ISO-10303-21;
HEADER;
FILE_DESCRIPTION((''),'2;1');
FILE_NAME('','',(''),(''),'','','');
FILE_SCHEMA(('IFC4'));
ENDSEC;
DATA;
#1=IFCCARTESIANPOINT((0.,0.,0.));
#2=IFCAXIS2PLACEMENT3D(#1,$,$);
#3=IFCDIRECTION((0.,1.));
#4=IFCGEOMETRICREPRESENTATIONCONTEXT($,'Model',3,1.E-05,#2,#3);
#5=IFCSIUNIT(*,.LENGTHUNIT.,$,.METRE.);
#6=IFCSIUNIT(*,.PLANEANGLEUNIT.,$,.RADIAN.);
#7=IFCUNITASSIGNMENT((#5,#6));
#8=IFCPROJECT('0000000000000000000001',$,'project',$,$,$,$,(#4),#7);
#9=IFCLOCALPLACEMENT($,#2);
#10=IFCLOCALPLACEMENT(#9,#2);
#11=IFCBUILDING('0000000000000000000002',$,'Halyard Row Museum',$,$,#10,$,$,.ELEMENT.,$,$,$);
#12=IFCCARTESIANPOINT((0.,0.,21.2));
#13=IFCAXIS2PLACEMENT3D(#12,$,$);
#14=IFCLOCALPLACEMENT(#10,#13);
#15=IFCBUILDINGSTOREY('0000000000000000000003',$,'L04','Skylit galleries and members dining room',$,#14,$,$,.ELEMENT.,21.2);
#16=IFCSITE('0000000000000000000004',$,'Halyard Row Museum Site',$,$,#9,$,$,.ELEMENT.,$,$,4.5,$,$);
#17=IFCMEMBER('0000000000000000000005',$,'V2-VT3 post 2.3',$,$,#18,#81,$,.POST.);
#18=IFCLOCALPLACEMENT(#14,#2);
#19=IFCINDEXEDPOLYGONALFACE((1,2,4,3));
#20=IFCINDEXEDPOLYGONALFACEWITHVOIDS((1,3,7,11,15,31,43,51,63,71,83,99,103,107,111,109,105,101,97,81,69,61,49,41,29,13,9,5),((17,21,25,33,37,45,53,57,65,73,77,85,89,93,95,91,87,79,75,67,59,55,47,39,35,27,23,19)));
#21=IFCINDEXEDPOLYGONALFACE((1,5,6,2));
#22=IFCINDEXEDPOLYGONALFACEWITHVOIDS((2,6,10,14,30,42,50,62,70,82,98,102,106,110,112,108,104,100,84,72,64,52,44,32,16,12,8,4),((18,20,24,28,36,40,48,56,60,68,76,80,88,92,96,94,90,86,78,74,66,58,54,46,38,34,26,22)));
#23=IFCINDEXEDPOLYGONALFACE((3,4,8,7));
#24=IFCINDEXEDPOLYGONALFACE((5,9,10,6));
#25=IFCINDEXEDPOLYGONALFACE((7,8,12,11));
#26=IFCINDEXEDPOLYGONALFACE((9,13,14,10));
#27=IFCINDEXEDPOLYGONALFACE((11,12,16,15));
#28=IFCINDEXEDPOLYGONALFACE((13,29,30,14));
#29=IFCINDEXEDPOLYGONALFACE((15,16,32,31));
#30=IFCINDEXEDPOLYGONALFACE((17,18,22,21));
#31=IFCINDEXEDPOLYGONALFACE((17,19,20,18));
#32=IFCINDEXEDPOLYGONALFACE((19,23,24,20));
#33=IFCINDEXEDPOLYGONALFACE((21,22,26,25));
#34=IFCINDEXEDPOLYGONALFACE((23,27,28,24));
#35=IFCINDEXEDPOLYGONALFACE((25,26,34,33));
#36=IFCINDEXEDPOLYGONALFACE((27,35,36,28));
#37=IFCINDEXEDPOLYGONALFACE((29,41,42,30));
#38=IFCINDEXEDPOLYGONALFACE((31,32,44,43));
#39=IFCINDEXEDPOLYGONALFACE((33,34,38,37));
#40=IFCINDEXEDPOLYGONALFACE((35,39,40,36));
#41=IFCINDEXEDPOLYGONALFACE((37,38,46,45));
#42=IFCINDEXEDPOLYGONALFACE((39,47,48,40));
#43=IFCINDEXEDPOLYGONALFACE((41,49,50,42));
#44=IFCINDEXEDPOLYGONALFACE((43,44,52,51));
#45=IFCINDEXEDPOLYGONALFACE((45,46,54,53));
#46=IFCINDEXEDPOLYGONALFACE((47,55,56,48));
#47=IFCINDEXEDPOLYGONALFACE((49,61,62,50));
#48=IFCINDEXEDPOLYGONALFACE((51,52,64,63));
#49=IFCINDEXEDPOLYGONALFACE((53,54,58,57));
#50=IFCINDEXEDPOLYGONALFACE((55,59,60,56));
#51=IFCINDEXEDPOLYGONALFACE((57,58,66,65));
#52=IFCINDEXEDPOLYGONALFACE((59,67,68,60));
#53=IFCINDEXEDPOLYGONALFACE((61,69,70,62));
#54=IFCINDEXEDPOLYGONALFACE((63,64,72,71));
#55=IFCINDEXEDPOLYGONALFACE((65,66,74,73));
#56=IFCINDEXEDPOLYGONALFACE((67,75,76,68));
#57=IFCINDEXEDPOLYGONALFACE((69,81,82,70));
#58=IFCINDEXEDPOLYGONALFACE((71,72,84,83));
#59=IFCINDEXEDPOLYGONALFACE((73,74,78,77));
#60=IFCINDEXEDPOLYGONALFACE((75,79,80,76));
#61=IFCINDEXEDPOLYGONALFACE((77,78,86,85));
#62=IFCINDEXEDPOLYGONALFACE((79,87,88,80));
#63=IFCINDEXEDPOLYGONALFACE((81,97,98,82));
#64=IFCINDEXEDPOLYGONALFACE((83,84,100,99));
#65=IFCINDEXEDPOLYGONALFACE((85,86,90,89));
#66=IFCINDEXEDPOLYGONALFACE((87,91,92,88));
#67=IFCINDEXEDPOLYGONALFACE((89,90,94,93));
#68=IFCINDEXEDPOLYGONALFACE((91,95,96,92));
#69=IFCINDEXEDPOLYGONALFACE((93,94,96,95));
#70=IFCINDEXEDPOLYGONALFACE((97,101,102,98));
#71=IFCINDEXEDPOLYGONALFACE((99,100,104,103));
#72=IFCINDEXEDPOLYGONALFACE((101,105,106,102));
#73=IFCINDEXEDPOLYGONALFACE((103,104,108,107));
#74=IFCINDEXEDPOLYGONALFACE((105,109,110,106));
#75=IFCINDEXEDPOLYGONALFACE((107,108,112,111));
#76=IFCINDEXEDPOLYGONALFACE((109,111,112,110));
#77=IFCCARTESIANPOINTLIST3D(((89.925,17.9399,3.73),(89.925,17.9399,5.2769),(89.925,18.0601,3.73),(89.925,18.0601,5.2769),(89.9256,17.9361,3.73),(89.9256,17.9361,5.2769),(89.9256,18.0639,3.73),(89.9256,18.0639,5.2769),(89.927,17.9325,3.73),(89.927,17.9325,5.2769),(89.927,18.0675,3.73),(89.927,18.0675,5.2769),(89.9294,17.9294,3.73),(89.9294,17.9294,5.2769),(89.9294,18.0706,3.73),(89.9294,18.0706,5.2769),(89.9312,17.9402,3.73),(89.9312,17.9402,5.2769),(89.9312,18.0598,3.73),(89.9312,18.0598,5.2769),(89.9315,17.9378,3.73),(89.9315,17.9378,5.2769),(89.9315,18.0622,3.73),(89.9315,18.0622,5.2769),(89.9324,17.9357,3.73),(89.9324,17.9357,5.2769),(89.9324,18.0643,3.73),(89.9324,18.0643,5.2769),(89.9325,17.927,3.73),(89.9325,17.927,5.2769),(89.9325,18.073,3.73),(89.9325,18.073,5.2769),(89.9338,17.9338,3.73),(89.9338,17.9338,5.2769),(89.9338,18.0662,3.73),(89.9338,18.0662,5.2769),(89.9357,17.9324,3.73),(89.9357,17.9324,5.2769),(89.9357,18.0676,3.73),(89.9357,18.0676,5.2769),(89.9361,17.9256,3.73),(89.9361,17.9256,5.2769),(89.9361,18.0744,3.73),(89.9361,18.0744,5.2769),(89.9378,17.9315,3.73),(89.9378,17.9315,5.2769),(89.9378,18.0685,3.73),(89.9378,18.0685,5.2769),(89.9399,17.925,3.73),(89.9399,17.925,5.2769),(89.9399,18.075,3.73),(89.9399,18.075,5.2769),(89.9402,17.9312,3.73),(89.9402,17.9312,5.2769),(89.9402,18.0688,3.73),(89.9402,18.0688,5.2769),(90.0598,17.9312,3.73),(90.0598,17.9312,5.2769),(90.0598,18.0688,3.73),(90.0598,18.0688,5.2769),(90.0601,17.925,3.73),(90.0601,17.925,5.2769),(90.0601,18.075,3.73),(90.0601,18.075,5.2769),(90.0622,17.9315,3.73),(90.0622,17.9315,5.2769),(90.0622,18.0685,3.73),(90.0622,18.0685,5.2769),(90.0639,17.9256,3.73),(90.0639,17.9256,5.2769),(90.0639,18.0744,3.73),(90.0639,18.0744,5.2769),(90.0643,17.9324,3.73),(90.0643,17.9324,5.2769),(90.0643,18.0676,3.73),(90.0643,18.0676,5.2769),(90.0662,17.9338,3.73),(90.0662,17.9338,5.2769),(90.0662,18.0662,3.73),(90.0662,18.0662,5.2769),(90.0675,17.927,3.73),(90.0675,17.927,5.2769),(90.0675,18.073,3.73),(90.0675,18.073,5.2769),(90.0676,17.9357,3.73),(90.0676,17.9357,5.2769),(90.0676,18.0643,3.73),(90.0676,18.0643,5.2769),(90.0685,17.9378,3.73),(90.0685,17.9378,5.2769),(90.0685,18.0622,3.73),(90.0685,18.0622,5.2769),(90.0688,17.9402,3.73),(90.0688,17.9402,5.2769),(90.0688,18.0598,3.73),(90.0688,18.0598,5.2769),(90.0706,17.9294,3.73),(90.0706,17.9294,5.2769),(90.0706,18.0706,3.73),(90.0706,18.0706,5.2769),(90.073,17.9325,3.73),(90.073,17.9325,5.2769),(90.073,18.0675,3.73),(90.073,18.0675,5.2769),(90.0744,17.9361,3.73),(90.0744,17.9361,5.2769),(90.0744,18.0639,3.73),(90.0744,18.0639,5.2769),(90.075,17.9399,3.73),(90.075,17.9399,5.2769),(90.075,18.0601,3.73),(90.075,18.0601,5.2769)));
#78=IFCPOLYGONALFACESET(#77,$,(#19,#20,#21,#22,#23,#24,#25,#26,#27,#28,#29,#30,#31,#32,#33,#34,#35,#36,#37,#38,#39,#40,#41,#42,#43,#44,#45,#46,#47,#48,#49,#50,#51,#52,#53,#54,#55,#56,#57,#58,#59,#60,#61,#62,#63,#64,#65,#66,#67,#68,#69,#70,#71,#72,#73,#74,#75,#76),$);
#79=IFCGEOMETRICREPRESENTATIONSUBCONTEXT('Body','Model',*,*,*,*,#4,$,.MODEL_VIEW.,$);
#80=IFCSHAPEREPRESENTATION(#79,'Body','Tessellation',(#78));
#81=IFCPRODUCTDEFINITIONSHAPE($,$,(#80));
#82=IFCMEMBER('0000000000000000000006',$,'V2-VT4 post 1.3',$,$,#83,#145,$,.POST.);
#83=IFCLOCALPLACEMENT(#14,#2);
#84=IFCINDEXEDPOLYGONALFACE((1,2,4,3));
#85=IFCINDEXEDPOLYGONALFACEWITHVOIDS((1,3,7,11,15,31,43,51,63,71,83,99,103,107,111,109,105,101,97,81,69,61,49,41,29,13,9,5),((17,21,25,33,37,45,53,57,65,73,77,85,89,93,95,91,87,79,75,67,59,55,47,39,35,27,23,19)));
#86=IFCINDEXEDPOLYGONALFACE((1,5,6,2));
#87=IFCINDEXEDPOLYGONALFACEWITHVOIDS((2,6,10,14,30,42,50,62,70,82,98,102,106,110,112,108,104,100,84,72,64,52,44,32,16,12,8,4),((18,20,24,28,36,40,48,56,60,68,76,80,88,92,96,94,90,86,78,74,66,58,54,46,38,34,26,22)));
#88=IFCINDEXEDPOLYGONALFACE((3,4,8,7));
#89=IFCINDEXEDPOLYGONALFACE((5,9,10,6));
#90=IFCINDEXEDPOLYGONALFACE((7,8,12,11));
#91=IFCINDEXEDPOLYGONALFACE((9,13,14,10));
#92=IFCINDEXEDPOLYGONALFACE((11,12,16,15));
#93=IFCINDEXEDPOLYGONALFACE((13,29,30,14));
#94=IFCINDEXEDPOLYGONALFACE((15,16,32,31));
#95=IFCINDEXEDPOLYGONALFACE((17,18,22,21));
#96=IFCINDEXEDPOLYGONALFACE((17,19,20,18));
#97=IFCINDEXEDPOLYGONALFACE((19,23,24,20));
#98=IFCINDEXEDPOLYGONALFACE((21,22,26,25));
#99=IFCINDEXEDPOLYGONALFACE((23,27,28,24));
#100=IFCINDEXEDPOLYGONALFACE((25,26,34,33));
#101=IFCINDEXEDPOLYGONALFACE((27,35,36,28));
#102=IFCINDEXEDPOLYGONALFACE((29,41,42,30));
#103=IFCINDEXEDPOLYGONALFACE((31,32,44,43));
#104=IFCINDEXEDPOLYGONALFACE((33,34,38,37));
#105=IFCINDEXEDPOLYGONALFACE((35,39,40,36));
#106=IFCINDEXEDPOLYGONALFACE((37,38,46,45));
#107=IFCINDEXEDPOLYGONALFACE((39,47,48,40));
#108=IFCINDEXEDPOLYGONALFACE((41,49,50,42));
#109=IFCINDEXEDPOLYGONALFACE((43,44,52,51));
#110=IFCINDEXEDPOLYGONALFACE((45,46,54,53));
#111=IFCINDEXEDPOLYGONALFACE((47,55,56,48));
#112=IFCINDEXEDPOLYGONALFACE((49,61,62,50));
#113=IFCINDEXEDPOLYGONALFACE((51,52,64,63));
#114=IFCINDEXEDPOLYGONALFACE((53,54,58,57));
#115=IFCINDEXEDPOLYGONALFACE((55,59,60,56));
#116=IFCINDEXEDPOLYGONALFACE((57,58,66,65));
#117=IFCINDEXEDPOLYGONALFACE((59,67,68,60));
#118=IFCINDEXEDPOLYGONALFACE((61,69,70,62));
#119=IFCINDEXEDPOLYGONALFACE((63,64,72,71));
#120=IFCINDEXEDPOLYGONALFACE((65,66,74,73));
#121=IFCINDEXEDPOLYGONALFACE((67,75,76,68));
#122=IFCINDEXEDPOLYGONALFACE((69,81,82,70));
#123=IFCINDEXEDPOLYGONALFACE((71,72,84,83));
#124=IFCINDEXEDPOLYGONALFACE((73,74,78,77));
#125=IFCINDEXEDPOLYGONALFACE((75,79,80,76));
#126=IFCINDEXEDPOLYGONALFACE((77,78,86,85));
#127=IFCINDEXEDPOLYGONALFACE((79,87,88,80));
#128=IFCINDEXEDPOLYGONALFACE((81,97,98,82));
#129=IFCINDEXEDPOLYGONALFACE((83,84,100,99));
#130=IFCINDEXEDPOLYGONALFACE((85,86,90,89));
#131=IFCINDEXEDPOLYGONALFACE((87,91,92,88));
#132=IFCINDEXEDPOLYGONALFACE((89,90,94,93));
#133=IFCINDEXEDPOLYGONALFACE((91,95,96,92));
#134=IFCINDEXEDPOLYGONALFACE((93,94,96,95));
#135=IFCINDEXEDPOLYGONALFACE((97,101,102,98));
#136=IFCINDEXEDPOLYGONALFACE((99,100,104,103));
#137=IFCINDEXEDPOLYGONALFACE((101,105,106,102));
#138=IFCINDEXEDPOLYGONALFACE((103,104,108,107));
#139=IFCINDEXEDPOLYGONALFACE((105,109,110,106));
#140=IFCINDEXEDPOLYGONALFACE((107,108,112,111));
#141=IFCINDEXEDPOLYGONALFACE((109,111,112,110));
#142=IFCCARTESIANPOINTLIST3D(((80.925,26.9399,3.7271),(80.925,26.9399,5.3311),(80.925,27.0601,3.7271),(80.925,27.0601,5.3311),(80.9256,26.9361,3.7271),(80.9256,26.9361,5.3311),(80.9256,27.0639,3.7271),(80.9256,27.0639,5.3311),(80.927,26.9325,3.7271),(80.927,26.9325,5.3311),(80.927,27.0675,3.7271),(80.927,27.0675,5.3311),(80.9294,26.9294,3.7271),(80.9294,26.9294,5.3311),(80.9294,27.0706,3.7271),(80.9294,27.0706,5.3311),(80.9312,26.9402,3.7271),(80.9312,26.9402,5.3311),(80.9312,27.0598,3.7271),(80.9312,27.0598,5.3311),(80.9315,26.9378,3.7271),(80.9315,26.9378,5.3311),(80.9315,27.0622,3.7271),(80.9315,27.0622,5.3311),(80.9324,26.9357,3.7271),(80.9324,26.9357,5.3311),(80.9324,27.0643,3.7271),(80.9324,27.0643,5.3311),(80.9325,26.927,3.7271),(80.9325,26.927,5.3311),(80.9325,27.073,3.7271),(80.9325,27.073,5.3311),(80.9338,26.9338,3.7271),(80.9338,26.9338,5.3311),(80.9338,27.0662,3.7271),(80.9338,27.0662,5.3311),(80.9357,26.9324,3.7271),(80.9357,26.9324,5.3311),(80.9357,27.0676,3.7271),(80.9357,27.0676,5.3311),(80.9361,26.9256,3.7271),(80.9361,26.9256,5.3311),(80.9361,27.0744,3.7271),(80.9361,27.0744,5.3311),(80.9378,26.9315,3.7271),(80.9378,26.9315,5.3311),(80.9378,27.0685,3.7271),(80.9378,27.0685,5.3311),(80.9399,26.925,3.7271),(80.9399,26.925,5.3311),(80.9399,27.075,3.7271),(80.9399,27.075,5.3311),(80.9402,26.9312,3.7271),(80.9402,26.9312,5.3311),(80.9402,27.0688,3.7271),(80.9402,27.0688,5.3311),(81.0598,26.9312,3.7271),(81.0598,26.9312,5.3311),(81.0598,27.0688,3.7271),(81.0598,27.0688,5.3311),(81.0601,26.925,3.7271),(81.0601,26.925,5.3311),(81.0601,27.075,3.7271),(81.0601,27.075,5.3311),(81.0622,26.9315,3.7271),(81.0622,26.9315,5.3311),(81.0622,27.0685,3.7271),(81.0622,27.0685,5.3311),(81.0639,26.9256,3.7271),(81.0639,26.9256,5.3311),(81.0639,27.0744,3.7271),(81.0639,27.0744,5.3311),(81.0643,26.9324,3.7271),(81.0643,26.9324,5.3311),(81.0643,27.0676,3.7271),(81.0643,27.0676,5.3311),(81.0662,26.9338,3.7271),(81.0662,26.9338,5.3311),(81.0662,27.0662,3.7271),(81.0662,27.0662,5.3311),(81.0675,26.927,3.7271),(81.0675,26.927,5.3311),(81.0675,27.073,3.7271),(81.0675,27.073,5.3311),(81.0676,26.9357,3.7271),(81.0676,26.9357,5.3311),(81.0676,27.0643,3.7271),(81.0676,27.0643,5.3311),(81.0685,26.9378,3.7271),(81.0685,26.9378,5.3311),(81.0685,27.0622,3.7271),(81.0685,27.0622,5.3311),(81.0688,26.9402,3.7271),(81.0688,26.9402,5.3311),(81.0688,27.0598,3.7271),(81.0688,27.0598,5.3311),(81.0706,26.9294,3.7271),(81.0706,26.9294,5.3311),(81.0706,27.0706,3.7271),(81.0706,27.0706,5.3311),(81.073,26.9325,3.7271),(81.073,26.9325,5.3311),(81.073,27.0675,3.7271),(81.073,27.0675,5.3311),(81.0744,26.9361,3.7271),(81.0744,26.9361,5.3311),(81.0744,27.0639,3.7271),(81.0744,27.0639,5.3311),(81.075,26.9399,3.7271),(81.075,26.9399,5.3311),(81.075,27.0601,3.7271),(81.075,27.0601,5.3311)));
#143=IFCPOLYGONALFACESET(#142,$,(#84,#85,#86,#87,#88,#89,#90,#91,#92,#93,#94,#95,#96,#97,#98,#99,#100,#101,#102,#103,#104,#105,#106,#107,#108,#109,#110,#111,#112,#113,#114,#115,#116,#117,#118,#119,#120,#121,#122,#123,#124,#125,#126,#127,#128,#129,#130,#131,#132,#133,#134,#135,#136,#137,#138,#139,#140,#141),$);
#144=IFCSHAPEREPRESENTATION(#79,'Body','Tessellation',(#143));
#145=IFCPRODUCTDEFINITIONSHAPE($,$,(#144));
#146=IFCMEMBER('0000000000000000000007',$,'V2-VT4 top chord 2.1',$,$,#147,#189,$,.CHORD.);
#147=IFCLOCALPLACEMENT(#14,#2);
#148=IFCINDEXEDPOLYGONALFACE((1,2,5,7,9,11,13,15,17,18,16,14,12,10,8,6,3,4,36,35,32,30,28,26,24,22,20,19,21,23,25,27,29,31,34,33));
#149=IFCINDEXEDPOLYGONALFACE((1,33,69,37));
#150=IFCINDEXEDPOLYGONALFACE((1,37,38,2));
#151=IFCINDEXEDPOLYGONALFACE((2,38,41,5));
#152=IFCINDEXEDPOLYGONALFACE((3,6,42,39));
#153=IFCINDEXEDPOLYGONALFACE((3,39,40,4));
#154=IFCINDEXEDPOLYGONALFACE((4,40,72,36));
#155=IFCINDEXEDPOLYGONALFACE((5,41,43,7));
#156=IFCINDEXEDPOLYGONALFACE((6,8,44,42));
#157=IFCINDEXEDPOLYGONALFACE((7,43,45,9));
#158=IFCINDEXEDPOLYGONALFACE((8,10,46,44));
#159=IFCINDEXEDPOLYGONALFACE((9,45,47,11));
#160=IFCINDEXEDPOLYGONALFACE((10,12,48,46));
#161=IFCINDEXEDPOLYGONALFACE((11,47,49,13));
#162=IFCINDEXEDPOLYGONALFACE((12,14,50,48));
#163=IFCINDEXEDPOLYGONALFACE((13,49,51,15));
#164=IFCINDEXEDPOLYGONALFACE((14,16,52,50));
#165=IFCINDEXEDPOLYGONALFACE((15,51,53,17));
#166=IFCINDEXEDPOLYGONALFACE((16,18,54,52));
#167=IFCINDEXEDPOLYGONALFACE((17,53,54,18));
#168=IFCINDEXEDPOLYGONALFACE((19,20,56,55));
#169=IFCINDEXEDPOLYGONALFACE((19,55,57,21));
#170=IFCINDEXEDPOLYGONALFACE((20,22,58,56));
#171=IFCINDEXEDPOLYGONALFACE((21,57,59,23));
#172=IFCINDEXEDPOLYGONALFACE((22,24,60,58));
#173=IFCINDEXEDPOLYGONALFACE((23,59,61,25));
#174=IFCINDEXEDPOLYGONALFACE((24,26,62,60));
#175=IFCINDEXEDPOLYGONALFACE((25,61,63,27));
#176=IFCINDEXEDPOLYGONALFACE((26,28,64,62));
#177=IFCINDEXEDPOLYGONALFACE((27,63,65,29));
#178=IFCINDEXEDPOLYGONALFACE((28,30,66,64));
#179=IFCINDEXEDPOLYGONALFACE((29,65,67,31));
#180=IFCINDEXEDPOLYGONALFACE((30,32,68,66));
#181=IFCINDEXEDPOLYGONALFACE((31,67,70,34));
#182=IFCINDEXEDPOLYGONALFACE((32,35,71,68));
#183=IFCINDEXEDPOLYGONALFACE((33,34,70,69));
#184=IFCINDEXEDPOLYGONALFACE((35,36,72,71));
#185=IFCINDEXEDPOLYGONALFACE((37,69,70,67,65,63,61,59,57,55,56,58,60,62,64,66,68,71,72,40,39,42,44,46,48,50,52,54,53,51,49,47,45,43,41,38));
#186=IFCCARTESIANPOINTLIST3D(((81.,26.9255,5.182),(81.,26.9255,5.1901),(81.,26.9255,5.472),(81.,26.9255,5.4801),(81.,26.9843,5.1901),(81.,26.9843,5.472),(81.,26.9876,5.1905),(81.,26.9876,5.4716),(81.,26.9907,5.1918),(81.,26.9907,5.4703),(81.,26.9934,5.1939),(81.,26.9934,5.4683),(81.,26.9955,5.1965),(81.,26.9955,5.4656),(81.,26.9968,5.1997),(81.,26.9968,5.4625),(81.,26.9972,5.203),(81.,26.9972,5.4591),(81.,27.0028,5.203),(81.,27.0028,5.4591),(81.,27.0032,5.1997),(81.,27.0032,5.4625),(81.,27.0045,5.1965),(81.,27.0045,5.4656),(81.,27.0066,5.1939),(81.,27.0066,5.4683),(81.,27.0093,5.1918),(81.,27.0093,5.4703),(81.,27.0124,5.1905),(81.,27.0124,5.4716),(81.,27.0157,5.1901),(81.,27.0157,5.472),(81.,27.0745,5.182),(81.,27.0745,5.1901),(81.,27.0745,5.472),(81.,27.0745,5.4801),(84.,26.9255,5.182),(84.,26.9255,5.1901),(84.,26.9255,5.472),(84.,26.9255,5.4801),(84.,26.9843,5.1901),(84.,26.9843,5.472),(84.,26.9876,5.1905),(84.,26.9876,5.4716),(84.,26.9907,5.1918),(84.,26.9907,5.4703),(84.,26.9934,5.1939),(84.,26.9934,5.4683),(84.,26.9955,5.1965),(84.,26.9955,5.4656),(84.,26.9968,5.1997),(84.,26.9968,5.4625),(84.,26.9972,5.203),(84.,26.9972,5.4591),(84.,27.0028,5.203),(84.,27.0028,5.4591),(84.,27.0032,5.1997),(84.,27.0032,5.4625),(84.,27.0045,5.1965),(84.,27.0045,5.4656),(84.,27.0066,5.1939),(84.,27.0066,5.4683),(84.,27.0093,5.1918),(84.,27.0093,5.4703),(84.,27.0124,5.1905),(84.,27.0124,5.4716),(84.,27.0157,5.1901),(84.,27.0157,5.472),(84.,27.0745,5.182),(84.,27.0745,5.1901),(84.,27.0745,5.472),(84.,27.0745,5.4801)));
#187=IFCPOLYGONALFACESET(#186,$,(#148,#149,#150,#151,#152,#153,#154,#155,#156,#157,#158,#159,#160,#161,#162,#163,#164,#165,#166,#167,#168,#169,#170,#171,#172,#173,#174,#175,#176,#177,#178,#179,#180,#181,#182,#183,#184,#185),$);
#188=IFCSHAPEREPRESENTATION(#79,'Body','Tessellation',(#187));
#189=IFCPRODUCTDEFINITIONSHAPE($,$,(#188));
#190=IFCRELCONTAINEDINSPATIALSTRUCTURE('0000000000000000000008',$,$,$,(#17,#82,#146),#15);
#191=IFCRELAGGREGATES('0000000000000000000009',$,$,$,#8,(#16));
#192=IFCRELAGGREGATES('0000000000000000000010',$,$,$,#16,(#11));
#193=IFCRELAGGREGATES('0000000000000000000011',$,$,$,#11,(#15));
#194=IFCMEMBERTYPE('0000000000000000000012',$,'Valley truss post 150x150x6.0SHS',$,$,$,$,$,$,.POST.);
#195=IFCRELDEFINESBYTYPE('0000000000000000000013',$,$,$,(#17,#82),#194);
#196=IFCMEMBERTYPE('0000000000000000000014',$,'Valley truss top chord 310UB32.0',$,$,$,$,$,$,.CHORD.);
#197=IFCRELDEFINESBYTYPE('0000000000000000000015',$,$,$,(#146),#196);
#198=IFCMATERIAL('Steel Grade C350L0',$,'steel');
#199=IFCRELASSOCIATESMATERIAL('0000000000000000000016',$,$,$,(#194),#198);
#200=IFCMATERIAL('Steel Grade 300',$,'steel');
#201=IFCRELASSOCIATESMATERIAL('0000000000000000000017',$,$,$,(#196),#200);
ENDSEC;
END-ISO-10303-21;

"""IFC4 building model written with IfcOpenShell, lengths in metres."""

from ifc_helpers import new_model, si_unit, direction, frame, origin, origin_2d, place, context, subcontext, project, spatial, hollow_rectangle, i_section, extrude, material, material_profile, profile_set, type_object, element, save


model = new_model("IFC4")

# Units and contexts
model_context = context("Model", 3, precision=1e-05, world=origin(), true_north=direction((0.0, 1.0)))
body_context = subcontext(model_context, "Body", "Model", "MODEL_VIEW")
ifc_project = project(units=[si_unit("LENGTHUNIT", "METRE"), si_unit("PLANEANGLEUNIT", "RADIAN")], contexts=[model_context])

# Site, building, storey
site_placement = place(None, origin())
site = spatial("IfcSite", under=ifc_project, at=site_placement, Name="Halyard Row Museum Site", CompositionType="ELEMENT", RefElevation=4.5)
building_placement = place(site_placement, origin())
building = spatial("IfcBuilding", under=site, at=building_placement, Name="Halyard Row Museum", CompositionType="ELEMENT")
storey_placement = place(building_placement, frame((0.0, 0.0, 21.2)))
storey = spatial("IfcBuildingStorey", under=building, at=storey_placement, Name="L04", Description="Skylit galleries and members dining room", CompositionType="ELEMENT", Elevation=21.2)

# Members
ifc_material_1 = material(Name="Steel Grade C350L0", Category="steel")
ifc_material_profile_1 = material_profile(ifc_material_1, hollow_rectangle(XDim=0.1499, YDim=0.1499, WallThickness=0.0061, InnerFilletRadius=0.009, OuterFilletRadius=0.0149, at=origin_2d()), Name="150x150x6.0SHS")
ifc_profile_set_1 = profile_set([ifc_material_profile_1], Name="Steel Grade C350L0")
member_type_1 = type_object("IfcMemberType", Name="Valley truss post 150x150x6.0SHS", PredefinedType="POST", material=ifc_profile_set_1)
for number, where, z_axis, x_axis, name in (
    (1, (90.0, 18.0, 3.73), (0.0, 0.0, 1.0), (1.0, 0.0, 0.0), "V2-VT3 post 2.3"),
):
    element("IfcMember", number, at=place(storey_placement, frame(where, z_axis=z_axis, x_axis=x_axis)), inside=storey, type_object=member_type_1, Name=name, PredefinedType="POST", context=body_context, shape_type="SweptSolid", body=[
        extrude(hollow_rectangle(XDim=0.1499, YDim=0.1499, WallThickness=0.0061, InnerFilletRadius=0.009, OuterFilletRadius=0.0149, at=origin_2d()), origin(), (0.0, 0.0, 1.0), 1.5469),
    ])
member_1_placement = place(storey_placement, frame((81.0, 27.0, 3.7271), z_axis=(0.0, 0.0, 1.0), x_axis=(1.0, 0.0, 0.0)))
element("IfcMember", 2, at=member_1_placement, inside=storey, type_object=member_type_1, Name="V2-VT4 post 1.3", PredefinedType="POST", context=body_context, shape_type="SweptSolid", body=[
    extrude(hollow_rectangle(XDim=0.1499, YDim=0.1499, WallThickness=0.0061, InnerFilletRadius=0.009, OuterFilletRadius=0.0149, at=origin_2d()), origin(), (0.0, 0.0, 1.0), 1.604),
])
ifc_material_2 = material(Name="Steel Grade 300", Category="steel")
ifc_material_profile_2 = material_profile(ifc_material_2, i_section(OverallWidth=0.1489, OverallDepth=0.2981, WebThickness=0.0056, FlangeThickness=0.0081, FilletRadius=0.0129, at=origin_2d()), Name="310UB32.0")
ifc_profile_set_2 = profile_set([ifc_material_profile_2], Name="Steel Grade 300")
member_type_2 = type_object("IfcMemberType", Name="Valley truss top chord 310UB32.0", PredefinedType="CHORD", material=ifc_profile_set_2)
member_2_placement = place(storey_placement, frame((81.0, 27.0, 5.3311), z_axis=(1.0, 0.0, 0.0), x_axis=(0.0, 1.0, 0.0)))
element("IfcMember", 3, at=member_2_placement, inside=storey, type_object=member_type_2, Name="V2-VT4 top chord 2.1", PredefinedType="CHORD", context=body_context, shape_type="SweptSolid", body=[
    extrude(i_section(OverallWidth=0.1489, OverallDepth=0.2981, WebThickness=0.0056, FlangeThickness=0.0081, FilletRadius=0.0129, at=origin_2d()), origin(), (0.0, 0.0, 1.0), 3.0),
])

save(model, "model.ifc")
